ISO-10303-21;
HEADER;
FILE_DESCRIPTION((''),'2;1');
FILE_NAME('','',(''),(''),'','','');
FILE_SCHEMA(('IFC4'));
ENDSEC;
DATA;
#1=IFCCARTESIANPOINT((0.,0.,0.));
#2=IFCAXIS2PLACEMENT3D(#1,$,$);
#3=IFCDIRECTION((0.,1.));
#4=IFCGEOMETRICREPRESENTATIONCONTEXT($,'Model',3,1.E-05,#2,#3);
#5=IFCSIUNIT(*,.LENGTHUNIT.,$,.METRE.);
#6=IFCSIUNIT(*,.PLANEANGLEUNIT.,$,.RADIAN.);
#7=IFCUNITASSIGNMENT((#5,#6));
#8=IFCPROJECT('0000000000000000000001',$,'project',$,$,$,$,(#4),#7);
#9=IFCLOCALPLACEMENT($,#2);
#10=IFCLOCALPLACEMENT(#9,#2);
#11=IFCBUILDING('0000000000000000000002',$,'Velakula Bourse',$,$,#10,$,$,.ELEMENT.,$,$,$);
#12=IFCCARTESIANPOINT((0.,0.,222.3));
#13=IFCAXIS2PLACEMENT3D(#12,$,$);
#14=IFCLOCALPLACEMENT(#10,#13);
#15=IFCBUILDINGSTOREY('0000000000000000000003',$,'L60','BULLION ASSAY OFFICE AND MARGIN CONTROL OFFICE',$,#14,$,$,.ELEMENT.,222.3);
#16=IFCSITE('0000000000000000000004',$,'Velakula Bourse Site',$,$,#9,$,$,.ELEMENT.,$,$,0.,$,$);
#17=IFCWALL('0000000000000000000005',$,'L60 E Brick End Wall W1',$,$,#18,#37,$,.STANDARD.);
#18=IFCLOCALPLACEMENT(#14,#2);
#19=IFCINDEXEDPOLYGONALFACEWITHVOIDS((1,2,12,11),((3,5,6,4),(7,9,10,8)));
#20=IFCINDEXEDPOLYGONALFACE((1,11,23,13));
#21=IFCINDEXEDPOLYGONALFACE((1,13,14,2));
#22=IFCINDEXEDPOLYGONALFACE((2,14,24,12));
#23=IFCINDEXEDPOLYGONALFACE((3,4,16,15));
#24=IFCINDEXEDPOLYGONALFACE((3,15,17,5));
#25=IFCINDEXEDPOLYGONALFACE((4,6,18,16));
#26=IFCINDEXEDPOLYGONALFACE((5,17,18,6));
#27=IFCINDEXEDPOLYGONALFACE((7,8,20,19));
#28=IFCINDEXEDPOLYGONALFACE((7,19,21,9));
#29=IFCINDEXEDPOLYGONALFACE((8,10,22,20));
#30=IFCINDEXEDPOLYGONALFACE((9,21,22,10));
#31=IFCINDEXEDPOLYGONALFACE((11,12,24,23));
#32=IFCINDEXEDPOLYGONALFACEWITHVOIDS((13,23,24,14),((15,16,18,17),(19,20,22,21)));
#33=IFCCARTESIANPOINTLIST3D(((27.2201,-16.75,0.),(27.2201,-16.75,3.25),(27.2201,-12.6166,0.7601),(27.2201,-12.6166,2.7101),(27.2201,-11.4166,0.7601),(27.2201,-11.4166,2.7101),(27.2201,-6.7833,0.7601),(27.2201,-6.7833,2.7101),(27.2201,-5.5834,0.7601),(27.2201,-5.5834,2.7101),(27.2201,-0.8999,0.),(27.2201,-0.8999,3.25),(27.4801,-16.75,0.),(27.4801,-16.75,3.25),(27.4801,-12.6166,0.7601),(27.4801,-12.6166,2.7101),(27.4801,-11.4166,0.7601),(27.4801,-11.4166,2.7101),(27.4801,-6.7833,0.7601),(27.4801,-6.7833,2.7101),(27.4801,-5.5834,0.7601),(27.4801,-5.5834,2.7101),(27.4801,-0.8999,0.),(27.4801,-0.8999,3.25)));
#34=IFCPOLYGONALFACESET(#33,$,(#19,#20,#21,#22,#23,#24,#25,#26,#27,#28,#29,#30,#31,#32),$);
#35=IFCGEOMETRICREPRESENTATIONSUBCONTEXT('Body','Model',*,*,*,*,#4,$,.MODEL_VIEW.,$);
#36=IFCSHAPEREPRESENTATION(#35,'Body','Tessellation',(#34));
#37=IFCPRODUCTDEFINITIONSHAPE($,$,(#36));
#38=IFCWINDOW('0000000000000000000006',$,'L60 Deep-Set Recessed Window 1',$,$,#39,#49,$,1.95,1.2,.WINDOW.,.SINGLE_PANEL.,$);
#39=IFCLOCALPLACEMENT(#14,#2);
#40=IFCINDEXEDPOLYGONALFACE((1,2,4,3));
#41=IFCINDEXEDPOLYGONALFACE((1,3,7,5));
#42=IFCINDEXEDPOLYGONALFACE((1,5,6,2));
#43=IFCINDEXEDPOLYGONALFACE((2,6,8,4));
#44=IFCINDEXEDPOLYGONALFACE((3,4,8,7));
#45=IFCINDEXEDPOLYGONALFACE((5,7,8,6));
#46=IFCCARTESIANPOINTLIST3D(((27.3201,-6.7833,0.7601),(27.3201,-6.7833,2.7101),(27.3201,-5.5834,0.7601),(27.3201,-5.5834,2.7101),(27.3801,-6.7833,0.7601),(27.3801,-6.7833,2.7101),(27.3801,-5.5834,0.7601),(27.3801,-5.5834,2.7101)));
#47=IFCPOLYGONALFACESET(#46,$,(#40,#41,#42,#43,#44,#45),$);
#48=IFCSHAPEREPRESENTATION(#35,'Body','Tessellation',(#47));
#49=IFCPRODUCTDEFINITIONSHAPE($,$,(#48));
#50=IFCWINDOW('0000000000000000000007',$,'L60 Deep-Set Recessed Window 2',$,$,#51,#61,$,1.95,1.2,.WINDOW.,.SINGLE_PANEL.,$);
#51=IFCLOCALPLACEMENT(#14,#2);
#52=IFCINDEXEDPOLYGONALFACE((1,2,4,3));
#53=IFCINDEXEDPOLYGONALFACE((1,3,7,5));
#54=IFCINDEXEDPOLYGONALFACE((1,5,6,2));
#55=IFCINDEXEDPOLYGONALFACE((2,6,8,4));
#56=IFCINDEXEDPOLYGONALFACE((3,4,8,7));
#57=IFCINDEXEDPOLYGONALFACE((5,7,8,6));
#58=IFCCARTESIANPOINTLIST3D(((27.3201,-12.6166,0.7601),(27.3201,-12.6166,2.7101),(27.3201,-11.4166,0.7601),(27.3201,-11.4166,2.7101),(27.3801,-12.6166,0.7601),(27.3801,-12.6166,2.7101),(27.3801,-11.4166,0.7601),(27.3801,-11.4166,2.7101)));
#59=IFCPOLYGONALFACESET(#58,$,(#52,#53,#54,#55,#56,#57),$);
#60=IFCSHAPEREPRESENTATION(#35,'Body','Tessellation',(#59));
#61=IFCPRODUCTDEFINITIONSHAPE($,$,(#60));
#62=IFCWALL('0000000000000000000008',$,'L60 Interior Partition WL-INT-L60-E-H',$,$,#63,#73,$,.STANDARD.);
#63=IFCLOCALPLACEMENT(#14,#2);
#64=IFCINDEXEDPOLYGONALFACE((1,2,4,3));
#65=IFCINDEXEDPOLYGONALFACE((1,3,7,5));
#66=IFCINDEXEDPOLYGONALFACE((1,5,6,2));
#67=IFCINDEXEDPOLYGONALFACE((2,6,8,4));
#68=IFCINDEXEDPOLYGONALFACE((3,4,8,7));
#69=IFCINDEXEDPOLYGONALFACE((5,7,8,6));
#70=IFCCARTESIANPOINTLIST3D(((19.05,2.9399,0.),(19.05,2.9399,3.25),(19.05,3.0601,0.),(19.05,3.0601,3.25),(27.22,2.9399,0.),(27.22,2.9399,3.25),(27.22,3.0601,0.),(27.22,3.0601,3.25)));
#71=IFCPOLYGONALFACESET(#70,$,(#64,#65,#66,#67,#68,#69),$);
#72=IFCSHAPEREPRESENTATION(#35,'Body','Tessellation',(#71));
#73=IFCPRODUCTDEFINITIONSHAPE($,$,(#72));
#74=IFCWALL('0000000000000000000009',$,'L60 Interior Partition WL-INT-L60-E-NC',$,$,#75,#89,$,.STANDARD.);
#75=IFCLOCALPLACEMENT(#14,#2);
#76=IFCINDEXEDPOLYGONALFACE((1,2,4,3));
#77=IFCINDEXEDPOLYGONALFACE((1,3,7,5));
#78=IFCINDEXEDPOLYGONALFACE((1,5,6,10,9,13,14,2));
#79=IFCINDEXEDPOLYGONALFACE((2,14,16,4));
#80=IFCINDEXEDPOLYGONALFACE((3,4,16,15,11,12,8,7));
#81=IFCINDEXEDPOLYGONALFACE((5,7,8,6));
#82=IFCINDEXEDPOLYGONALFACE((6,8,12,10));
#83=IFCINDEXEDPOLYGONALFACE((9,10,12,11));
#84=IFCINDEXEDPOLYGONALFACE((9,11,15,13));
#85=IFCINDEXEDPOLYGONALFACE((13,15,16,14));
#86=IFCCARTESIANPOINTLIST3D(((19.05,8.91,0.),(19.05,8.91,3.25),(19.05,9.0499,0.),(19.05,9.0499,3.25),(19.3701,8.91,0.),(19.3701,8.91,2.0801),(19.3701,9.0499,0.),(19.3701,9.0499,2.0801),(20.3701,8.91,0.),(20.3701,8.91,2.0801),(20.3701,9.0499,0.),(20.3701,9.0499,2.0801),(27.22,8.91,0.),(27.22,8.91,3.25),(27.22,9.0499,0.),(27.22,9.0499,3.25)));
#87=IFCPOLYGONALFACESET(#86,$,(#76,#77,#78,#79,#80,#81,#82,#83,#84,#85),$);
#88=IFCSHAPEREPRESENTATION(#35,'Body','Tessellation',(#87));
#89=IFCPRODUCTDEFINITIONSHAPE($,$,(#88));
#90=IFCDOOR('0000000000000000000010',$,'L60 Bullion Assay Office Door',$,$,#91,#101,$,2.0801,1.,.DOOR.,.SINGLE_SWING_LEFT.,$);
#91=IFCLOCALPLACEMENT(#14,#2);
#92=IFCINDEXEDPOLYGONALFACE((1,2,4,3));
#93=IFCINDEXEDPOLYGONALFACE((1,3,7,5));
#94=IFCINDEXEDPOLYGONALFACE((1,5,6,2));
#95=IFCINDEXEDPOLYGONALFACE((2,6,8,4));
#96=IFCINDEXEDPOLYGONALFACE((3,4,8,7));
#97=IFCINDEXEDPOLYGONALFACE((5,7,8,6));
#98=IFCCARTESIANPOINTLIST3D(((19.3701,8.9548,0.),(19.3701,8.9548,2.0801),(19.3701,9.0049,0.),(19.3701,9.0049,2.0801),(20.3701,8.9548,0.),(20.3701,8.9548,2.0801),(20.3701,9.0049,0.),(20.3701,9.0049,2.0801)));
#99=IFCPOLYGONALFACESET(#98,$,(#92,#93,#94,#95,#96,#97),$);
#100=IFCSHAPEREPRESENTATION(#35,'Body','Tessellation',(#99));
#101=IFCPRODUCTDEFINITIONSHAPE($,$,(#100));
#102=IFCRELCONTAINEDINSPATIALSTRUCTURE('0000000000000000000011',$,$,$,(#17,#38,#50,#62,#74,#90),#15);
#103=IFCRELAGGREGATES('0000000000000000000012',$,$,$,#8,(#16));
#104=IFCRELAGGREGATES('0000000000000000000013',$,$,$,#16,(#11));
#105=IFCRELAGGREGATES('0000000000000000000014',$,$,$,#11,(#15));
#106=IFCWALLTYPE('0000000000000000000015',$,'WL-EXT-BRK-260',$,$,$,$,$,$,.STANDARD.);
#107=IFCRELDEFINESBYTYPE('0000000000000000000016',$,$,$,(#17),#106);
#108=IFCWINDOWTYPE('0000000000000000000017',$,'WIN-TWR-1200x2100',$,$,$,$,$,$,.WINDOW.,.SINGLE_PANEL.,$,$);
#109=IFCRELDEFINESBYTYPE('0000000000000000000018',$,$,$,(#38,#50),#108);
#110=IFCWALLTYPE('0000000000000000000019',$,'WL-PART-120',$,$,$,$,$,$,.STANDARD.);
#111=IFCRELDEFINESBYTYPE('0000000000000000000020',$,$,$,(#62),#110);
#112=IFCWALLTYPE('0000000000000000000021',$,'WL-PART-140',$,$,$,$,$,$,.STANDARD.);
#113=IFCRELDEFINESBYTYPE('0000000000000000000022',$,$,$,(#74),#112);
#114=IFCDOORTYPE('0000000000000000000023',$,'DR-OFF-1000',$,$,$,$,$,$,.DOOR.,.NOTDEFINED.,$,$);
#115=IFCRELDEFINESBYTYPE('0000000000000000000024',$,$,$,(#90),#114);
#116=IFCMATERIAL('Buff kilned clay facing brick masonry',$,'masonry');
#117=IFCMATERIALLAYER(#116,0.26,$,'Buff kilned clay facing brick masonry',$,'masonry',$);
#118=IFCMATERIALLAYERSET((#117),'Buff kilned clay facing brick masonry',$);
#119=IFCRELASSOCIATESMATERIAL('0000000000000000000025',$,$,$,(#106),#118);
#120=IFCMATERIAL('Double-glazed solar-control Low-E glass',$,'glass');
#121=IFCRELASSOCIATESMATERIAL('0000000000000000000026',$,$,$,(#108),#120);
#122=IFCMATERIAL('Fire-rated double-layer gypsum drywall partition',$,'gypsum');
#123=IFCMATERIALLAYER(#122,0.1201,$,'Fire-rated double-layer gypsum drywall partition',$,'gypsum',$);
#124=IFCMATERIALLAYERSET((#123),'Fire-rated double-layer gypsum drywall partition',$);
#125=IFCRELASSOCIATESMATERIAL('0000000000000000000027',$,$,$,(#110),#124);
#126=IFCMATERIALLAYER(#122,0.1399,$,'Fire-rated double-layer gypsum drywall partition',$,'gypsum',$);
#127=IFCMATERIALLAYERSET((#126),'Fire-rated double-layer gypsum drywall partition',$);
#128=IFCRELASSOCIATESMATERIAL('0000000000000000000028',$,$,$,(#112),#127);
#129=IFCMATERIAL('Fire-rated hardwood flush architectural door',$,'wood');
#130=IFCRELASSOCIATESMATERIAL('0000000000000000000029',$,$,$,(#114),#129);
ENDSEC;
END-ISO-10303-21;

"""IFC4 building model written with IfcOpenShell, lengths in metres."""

from ifc_helpers import new_model, si_unit, direction, frame, frame_2d, origin, place, context, subcontext, project, spatial, rectangle, extrude, material, layer, layer_set, type_object, element, fill, save


model = new_model("IFC4")

# Units and contexts
model_context = context("Model", 3, precision=1e-05, world=origin(), true_north=direction((0.0, 1.0)))
body_context = subcontext(model_context, "Body", "Model", "MODEL_VIEW")
ifc_project = project(units=[si_unit("LENGTHUNIT", "METRE"), si_unit("PLANEANGLEUNIT", "RADIAN")], contexts=[model_context])

# Site, building, storey
site_placement = place(None, origin())
site = spatial("IfcSite", under=ifc_project, at=site_placement, Name="Velakula Bourse Site", CompositionType="ELEMENT", RefElevation=0.0)
building_placement = place(site_placement, origin())
building = spatial("IfcBuilding", under=site, at=building_placement, Name="Velakula Bourse", CompositionType="ELEMENT")
storey_placement = place(building_placement, frame((0.0, 0.0, 222.3)))
storey = spatial("IfcBuildingStorey", under=building, at=storey_placement, Name="L60", Description="BULLION ASSAY OFFICE AND MARGIN CONTROL OFFICE", CompositionType="ELEMENT", Elevation=222.3)

# Wall, openings, windows
ifc_material_1 = material(Name="Buff kilned clay facing brick masonry", Category="masonry")
ifc_layer_1 = layer(ifc_material_1, 0.26, Name="Buff kilned clay facing brick masonry", Category="masonry")
ifc_layer_set_1 = layer_set([ifc_layer_1], Name="Buff kilned clay facing brick masonry")
wall_type_1 = type_object("IfcWallType", Name="WL-EXT-BRK-260", PredefinedType="STANDARD", material=ifc_layer_set_1)
wall_1_placement = place(storey_placement, frame((27.3501, -0.8999, 0.0), z_axis=(0.0, 0.0, 1.0), x_axis=(0.0, -1.0, 0.0)))
wall_1 = element("IfcWall", 1, at=wall_1_placement, inside=storey, type_object=wall_type_1, Name="L60 E Brick End Wall W1", PredefinedType="STANDARD", context=body_context, shape_type="SweptSolid", body=[
    extrude(rectangle(XDim=15.8501, YDim=0.26, at=frame_2d((7.925, 0.0))), origin(), (0.0, 0.0, 1.0), 3.25),
])
opening_1_placement = place(wall_1_placement, frame((4.6833, 0.0, 0.76)))
opening_1 = element("IfcOpeningElement", 2, at=opening_1_placement, cuts=wall_1, PredefinedType="OPENING", context=body_context, shape_type="SweptSolid", body=[
    extrude(rectangle(XDim=1.2, YDim=1.95, at=frame_2d((0.6001, 0.9751))), frame((0.0, 0.1399, 0.0), z_axis=(0.0, -1.0, 0.0), x_axis=(1.0, 0.0, 0.0)), (0.0, 0.0, 1.0), 0.28),
])
opening_2_placement = place(wall_1_placement, frame((10.5166, 0.0, 0.76)))
opening_2 = element("IfcOpeningElement", 3, at=opening_2_placement, cuts=wall_1, PredefinedType="OPENING", context=body_context, shape_type="SweptSolid", body=[
    extrude(rectangle(XDim=1.2, YDim=1.95, at=frame_2d((0.6001, 0.9751))), frame((0.0, 0.1399, 0.0), z_axis=(0.0, -1.0, 0.0), x_axis=(1.0, 0.0, 0.0)), (0.0, 0.0, 1.0), 0.28),
])
ifc_material_2 = material(Name="Double-glazed solar-control Low-E glass", Category="glass")
window_type = type_object("IfcWindowType", Name="WIN-TWR-1200x2100", PartitioningType="SINGLE_PANEL", PredefinedType="WINDOW", material=ifc_material_2)
window_1_placement = place(opening_1_placement, origin())
window_1 = element("IfcWindow", 4, at=window_1_placement, inside=storey, type_object=window_type, Name="L60 Deep-Set Recessed Window 1", OverallHeight=1.95, OverallWidth=1.2, PartitioningType="SINGLE_PANEL", PredefinedType="WINDOW", context=body_context, shape_type="SweptSolid", body=[
    extrude(rectangle(XDim=1.2, YDim=1.95, at=frame_2d((0.6001, 0.9751))), frame((0.0, 0.03, 0.0), z_axis=(0.0, -1.0, 0.0), x_axis=(1.0, 0.0, 0.0)), (0.0, 0.0, 1.0), 0.0601),
])
fill(opening_1, window_1)
window_2_placement = place(opening_2_placement, origin())
window_2 = element("IfcWindow", 5, at=window_2_placement, inside=storey, type_object=window_type, Name="L60 Deep-Set Recessed Window 2", OverallHeight=1.95, OverallWidth=1.2, PartitioningType="SINGLE_PANEL", PredefinedType="WINDOW", context=body_context, shape_type="SweptSolid", body=[
    extrude(rectangle(XDim=1.2, YDim=1.95, at=frame_2d((0.6001, 0.9751))), frame((0.0, 0.03, 0.0), z_axis=(0.0, -1.0, 0.0), x_axis=(1.0, 0.0, 0.0)), (0.0, 0.0, 1.0), 0.0601),
])
fill(opening_2, window_2)

# Wall
ifc_material_3 = material(Name="Fire-rated double-layer gypsum drywall partition", Category="gypsum")
ifc_layer_2 = layer(ifc_material_3, 0.1201, Name="Fire-rated double-layer gypsum drywall partition", Category="gypsum")
ifc_layer_set_2 = layer_set([ifc_layer_2], Name="Fire-rated double-layer gypsum drywall partition")
wall_type_2 = type_object("IfcWallType", Name="WL-PART-120", PredefinedType="STANDARD", material=ifc_layer_set_2)
wall_2_placement = place(storey_placement, frame((19.05, 3.0, 0.0), z_axis=(0.0, 0.0, 1.0), x_axis=(1.0, 0.0, 0.0)))
element("IfcWall", 6, at=wall_2_placement, inside=storey, type_object=wall_type_2, Name="L60 Interior Partition WL-INT-L60-E-H", PredefinedType="STANDARD", context=body_context, shape_type="SweptSolid", body=[
    extrude(rectangle(XDim=8.1699, YDim=0.1201, at=frame_2d((4.085, 0.0))), origin(), (0.0, 0.0, 1.0), 3.25),
])

# Wall, opening, door
ifc_layer_3 = layer(ifc_material_3, 0.1399, Name="Fire-rated double-layer gypsum drywall partition", Category="gypsum")
ifc_layer_set_3 = layer_set([ifc_layer_3], Name="Fire-rated double-layer gypsum drywall partition")
wall_type_3 = type_object("IfcWallType", Name="WL-PART-140", PredefinedType="STANDARD", material=ifc_layer_set_3)
wall_3_placement = place(storey_placement, frame((19.05, 8.98, 0.0), z_axis=(0.0, 0.0, 1.0), x_axis=(1.0, 0.0, 0.0)))
wall_3 = element("IfcWall", 7, at=wall_3_placement, inside=storey, type_object=wall_type_3, Name="L60 Interior Partition WL-INT-L60-E-NC", PredefinedType="STANDARD", context=body_context, shape_type="SweptSolid", body=[
    extrude(rectangle(XDim=8.1699, YDim=0.1399, at=frame_2d((4.085, 0.0))), origin(), (0.0, 0.0, 1.0), 3.25),
])
opening_3_placement = place(wall_3_placement, frame((0.3201, 0.0, 0.0)))
opening_3 = element("IfcOpeningElement", 8, at=opening_3_placement, cuts=wall_3, PredefinedType="OPENING", context=body_context, shape_type="SweptSolid", body=[
    extrude(rectangle(XDim=1.0, YDim=2.0801, at=frame_2d((0.5, 1.04))), frame((0.0, 0.0798, 0.0), z_axis=(0.0, -1.0, 0.0), x_axis=(1.0, 0.0, 0.0)), (0.0, 0.0, 1.0), 0.1599),
])
ifc_material_4 = material(Name="Fire-rated hardwood flush architectural door", Category="wood")
door_type = type_object("IfcDoorType", Name="DR-OFF-1000", OperationType="NOTDEFINED", PredefinedType="DOOR", material=ifc_material_4)
door_placement = place(opening_3_placement, origin())
door = element("IfcDoor", 9, at=door_placement, inside=storey, type_object=door_type, Name="L60 Bullion Assay Office Door", OperationType="SINGLE_SWING_LEFT", OverallHeight=2.0801, OverallWidth=1.0, PredefinedType="DOOR", context=body_context, shape_type="SweptSolid", body=[
    extrude(rectangle(XDim=1.0, YDim=2.0801, at=frame_2d((0.5, 1.04))), frame((0.0, 0.0249, 0.0), z_axis=(0.0, -1.0, 0.0), x_axis=(1.0, 0.0, 0.0)), (0.0, 0.0, 1.0), 0.05),
])
fill(opening_3, door)

save(model, "model.ifc")
